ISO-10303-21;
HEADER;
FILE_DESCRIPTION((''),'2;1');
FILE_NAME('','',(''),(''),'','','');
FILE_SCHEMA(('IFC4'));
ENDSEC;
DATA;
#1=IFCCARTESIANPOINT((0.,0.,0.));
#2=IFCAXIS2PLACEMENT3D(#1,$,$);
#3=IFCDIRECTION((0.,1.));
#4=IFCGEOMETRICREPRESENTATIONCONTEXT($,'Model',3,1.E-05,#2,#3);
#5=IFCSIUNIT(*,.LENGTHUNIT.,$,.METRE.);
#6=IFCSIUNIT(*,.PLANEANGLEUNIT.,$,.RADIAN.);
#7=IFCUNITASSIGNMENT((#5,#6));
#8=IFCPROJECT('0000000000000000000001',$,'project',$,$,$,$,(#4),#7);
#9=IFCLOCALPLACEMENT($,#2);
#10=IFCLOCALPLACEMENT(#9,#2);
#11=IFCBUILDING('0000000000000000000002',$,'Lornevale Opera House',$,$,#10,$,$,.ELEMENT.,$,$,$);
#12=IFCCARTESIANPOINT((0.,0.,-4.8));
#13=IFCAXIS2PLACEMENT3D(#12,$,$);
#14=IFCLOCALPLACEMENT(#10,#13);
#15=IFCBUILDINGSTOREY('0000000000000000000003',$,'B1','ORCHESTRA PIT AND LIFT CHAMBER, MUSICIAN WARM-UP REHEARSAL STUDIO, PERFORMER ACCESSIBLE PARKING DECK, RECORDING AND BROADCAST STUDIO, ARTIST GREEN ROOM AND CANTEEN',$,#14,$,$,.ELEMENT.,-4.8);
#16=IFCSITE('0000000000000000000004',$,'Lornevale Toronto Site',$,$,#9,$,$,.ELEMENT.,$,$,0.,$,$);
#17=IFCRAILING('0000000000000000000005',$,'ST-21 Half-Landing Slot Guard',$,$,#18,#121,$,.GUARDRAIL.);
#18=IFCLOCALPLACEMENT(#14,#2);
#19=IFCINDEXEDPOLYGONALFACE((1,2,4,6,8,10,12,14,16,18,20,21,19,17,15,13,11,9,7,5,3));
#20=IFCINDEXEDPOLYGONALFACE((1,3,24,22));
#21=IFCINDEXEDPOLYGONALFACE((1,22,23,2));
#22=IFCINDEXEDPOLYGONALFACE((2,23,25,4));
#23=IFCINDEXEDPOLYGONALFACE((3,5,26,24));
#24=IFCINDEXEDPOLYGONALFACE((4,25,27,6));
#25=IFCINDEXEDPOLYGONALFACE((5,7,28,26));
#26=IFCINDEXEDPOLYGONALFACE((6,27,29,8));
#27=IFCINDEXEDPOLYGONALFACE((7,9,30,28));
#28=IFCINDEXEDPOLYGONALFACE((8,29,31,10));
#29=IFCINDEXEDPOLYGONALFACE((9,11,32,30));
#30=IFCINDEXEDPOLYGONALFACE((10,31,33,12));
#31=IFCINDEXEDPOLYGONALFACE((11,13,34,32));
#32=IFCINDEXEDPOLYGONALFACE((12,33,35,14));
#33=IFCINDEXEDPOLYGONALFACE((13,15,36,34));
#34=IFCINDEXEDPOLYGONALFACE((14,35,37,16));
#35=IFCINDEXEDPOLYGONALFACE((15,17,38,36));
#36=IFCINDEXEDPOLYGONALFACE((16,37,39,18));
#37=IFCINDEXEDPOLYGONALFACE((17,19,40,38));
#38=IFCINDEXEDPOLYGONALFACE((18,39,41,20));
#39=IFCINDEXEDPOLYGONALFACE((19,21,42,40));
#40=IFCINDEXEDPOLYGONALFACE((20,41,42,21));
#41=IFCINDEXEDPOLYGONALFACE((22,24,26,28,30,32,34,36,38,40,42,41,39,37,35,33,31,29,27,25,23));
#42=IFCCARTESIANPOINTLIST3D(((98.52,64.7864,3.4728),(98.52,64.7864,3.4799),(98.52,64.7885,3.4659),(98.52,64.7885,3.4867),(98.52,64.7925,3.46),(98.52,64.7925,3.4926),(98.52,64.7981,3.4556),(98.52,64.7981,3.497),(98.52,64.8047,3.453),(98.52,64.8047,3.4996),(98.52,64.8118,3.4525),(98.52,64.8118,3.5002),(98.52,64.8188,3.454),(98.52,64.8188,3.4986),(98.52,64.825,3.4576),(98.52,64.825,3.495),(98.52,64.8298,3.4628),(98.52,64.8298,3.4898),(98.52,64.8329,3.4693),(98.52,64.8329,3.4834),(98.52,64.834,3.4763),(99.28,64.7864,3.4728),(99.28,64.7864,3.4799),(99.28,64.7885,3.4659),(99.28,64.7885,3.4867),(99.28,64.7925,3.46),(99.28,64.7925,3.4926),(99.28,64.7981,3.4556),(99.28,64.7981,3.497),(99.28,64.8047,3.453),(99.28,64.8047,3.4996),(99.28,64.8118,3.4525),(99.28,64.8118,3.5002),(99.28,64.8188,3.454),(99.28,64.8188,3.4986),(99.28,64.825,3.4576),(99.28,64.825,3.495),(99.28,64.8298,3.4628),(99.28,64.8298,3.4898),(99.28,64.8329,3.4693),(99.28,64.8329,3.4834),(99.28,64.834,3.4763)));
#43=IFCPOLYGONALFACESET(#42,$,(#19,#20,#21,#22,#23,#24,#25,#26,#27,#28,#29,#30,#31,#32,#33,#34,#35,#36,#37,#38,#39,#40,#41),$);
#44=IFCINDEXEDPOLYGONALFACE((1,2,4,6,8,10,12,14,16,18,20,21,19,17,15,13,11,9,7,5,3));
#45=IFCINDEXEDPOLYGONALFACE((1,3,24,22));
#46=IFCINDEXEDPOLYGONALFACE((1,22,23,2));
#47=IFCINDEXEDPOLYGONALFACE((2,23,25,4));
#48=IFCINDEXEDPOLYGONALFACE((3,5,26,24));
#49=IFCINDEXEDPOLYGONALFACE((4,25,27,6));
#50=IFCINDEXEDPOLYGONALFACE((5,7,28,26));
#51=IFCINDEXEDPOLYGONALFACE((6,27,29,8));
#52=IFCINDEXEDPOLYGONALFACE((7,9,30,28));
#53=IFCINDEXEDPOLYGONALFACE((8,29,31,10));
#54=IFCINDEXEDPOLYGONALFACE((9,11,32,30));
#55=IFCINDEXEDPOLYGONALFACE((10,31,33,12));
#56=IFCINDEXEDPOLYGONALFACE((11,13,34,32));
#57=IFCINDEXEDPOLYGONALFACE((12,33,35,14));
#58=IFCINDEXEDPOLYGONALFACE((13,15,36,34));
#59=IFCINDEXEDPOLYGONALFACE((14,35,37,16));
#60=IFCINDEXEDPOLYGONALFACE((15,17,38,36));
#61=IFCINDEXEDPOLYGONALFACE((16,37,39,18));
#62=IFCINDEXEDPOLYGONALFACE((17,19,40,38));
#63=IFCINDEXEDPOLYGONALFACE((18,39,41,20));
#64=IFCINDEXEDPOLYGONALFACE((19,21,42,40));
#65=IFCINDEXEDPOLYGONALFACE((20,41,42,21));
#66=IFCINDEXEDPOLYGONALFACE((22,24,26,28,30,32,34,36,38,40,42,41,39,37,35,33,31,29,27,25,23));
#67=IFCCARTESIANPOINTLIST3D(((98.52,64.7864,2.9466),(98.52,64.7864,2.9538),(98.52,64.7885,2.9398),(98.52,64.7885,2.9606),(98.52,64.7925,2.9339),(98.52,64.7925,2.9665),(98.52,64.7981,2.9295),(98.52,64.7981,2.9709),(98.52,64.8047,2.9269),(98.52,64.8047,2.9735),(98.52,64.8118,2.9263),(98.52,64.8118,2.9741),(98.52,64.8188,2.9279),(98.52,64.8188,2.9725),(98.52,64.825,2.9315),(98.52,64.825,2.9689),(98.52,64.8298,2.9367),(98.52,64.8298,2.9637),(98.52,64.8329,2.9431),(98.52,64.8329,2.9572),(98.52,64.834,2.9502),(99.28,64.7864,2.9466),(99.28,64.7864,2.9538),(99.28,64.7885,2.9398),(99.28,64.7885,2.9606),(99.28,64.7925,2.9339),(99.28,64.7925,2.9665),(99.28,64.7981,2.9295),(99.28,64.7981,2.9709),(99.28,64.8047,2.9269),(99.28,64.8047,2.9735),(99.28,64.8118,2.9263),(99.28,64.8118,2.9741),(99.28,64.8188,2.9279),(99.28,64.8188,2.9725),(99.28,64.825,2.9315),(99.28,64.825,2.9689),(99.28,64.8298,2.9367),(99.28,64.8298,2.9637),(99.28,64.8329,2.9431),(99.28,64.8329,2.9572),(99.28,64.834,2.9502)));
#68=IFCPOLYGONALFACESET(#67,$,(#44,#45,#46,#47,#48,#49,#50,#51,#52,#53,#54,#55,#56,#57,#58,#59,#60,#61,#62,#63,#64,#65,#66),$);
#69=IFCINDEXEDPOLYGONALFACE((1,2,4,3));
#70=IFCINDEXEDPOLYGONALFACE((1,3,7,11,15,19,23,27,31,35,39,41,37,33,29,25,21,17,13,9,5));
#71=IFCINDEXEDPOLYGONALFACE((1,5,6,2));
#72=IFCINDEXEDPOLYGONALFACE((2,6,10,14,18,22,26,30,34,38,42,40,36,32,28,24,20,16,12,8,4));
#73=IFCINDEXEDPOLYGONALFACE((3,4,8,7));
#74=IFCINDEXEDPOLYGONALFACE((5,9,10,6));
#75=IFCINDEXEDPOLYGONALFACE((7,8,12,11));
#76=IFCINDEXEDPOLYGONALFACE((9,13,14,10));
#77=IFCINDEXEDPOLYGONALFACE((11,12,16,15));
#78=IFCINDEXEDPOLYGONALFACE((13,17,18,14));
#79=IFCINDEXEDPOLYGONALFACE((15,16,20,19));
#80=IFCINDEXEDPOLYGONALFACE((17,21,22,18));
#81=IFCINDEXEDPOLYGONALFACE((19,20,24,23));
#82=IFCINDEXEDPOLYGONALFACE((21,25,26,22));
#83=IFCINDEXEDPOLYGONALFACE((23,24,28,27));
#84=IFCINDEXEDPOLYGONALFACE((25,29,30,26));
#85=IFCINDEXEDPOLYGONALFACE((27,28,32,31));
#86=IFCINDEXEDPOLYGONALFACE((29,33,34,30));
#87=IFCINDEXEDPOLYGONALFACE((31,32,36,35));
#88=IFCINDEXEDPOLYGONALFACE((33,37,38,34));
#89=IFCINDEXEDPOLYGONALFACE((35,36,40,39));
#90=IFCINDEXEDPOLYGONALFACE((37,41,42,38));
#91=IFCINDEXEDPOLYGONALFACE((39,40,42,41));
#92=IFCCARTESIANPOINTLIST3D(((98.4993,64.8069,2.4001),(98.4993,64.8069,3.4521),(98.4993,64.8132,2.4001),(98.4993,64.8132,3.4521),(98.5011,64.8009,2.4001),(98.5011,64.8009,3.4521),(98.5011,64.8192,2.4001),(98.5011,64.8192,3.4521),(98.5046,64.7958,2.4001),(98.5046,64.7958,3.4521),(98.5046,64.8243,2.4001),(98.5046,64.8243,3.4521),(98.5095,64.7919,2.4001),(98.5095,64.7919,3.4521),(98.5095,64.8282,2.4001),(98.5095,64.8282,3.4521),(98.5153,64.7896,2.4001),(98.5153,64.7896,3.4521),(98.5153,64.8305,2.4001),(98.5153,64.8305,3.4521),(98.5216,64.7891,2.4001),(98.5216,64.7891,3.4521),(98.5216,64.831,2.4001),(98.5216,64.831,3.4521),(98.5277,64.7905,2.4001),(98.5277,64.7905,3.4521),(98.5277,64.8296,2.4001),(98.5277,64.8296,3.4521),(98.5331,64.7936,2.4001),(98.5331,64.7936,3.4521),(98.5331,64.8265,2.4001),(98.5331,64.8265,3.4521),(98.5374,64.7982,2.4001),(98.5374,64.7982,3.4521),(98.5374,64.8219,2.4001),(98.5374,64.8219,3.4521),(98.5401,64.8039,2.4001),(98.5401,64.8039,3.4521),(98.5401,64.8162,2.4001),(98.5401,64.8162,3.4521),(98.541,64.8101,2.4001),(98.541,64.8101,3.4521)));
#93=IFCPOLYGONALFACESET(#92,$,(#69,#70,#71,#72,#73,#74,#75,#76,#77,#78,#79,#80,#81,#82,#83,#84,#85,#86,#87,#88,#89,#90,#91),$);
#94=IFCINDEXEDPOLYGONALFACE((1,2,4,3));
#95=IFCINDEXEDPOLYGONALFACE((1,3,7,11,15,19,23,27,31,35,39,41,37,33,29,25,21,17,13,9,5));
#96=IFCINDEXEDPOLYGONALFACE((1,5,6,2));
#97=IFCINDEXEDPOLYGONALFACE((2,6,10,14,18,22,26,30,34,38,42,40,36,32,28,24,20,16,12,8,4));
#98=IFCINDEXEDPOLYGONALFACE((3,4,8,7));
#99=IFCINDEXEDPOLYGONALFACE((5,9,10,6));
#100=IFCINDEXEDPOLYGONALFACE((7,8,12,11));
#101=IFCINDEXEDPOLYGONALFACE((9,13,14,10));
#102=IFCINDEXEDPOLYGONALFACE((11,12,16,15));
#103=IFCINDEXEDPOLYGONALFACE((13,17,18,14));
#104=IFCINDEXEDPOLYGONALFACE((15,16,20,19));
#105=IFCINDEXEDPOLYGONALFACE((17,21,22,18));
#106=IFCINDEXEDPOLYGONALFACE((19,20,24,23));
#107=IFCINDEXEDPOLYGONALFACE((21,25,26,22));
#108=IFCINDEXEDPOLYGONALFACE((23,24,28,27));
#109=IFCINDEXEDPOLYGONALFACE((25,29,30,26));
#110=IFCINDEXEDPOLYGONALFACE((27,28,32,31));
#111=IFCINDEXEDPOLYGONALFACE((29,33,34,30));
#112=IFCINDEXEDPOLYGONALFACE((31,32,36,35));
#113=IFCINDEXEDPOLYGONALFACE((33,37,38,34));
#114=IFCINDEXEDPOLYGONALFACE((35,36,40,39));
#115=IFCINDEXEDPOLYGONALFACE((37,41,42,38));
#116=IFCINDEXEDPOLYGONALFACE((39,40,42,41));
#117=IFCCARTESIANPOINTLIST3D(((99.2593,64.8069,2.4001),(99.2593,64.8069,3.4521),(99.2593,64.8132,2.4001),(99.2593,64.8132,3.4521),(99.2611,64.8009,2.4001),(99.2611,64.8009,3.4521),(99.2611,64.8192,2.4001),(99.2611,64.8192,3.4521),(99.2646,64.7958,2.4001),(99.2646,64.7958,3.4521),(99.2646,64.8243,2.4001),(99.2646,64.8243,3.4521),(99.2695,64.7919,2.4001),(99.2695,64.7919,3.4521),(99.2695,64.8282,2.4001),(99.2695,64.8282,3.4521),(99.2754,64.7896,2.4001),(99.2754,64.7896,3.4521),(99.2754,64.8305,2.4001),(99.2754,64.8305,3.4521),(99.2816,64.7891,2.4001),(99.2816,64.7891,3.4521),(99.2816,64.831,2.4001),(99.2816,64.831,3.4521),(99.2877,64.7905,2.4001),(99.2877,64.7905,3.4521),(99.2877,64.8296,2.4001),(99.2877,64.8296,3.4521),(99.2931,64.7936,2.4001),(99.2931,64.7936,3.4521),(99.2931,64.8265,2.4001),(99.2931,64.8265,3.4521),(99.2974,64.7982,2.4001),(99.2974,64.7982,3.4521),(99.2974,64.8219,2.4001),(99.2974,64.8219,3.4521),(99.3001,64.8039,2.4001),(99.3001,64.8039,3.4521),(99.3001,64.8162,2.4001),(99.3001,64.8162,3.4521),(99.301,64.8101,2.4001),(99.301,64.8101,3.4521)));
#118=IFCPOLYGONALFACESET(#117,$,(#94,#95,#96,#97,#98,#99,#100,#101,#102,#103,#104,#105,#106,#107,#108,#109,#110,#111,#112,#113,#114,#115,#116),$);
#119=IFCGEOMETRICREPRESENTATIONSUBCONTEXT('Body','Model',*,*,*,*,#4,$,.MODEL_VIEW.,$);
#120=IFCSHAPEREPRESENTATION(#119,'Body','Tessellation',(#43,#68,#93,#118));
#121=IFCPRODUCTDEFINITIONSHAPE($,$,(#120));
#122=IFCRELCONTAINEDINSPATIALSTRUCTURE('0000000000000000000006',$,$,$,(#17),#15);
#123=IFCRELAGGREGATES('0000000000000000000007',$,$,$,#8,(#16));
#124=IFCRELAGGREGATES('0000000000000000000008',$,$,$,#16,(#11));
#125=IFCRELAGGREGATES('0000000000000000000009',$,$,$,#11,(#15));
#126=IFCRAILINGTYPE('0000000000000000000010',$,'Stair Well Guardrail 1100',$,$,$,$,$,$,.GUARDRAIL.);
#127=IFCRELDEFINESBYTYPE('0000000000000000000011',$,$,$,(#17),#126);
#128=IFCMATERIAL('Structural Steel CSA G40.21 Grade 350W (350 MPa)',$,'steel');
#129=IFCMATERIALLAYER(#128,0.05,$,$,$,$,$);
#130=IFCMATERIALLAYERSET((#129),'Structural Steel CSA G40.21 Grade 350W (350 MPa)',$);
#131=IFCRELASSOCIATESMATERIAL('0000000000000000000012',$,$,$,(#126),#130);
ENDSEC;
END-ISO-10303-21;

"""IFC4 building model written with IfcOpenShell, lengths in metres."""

from ifc_helpers import new_model, si_unit, direction, frame, origin, origin_2d, place, context, subcontext, project, spatial, circle, extrude, material, layer, layer_set, type_object, element, save


model = new_model("IFC4")

# Units and contexts
model_context = context("Model", 3, precision=1e-05, world=origin(), true_north=direction((0.0, 1.0)))
body_context = subcontext(model_context, "Body", "Model", "MODEL_VIEW")
ifc_project = project(units=[si_unit("LENGTHUNIT", "METRE"), si_unit("PLANEANGLEUNIT", "RADIAN")], contexts=[model_context])

# Site, building, storey
site_placement = place(None, origin())
site = spatial("IfcSite", under=ifc_project, at=site_placement, Name="Lornevale Toronto Site", CompositionType="ELEMENT", RefElevation=0.0)
building_placement = place(site_placement, origin())
building = spatial("IfcBuilding", under=site, at=building_placement, Name="Lornevale Opera House", CompositionType="ELEMENT")
storey_placement = place(building_placement, frame((0.0, 0.0, -4.8)))
storey = spatial("IfcBuildingStorey", under=building, at=storey_placement, Name="B1", Description="ORCHESTRA PIT AND LIFT CHAMBER, MUSICIAN WARM-UP REHEARSAL STUDIO, PERFORMER ACCESSIBLE PARKING DECK, RECORDING AND BROADCAST STUDIO, ARTIST GREEN ROOM AND CANTEEN", CompositionType="ELEMENT", Elevation=-4.8)

# Railing
ifc_material_1 = material(Name="Structural Steel CSA G40.21 Grade 350W (350 MPa)", Category="steel")
ifc_layer_1 = layer(ifc_material_1, 0.05)
ifc_layer_set_1 = layer_set([ifc_layer_1], Name="Structural Steel CSA G40.21 Grade 350W (350 MPa)")
railing_type_1 = type_object("IfcRailingType", Name="Stair Well Guardrail 1100", PredefinedType="GUARDRAIL", material=ifc_layer_set_1)
railing_1_placement = place(storey_placement, frame((98.52, 64.8101, 2.4001)))
element("IfcRailing", 1, at=railing_1_placement, inside=storey, type_object=railing_type_1, Name="ST-21 Half-Landing Slot Guard", PredefinedType="GUARDRAIL", context=body_context, shape_type="SweptSolid", body=[
    extrude(circle(Radius=0.0239, at=origin_2d()), frame((0.0, 0.0, 1.0762), z_axis=(1.0, 0.0, 0.0), x_axis=(0.0, 1.0, 0.0)), (0.0, 0.0, 1.0), 0.76),
    extrude(circle(Radius=0.0239, at=origin_2d()), frame((0.0, 0.0, 0.55), z_axis=(1.0, 0.0, 0.0), x_axis=(0.0, 1.0, 0.0)), (0.0, 0.0, 1.0), 0.76),
    extrude(circle(Radius=0.021, at=origin_2d()), origin(), (0.0, 0.0, 1.0), 1.052),
    extrude(circle(Radius=0.021, at=origin_2d()), frame((0.76, 0.0, 0.0)), (0.0, 0.0, 1.0), 1.052),
])

save(model, "model.ifc")
